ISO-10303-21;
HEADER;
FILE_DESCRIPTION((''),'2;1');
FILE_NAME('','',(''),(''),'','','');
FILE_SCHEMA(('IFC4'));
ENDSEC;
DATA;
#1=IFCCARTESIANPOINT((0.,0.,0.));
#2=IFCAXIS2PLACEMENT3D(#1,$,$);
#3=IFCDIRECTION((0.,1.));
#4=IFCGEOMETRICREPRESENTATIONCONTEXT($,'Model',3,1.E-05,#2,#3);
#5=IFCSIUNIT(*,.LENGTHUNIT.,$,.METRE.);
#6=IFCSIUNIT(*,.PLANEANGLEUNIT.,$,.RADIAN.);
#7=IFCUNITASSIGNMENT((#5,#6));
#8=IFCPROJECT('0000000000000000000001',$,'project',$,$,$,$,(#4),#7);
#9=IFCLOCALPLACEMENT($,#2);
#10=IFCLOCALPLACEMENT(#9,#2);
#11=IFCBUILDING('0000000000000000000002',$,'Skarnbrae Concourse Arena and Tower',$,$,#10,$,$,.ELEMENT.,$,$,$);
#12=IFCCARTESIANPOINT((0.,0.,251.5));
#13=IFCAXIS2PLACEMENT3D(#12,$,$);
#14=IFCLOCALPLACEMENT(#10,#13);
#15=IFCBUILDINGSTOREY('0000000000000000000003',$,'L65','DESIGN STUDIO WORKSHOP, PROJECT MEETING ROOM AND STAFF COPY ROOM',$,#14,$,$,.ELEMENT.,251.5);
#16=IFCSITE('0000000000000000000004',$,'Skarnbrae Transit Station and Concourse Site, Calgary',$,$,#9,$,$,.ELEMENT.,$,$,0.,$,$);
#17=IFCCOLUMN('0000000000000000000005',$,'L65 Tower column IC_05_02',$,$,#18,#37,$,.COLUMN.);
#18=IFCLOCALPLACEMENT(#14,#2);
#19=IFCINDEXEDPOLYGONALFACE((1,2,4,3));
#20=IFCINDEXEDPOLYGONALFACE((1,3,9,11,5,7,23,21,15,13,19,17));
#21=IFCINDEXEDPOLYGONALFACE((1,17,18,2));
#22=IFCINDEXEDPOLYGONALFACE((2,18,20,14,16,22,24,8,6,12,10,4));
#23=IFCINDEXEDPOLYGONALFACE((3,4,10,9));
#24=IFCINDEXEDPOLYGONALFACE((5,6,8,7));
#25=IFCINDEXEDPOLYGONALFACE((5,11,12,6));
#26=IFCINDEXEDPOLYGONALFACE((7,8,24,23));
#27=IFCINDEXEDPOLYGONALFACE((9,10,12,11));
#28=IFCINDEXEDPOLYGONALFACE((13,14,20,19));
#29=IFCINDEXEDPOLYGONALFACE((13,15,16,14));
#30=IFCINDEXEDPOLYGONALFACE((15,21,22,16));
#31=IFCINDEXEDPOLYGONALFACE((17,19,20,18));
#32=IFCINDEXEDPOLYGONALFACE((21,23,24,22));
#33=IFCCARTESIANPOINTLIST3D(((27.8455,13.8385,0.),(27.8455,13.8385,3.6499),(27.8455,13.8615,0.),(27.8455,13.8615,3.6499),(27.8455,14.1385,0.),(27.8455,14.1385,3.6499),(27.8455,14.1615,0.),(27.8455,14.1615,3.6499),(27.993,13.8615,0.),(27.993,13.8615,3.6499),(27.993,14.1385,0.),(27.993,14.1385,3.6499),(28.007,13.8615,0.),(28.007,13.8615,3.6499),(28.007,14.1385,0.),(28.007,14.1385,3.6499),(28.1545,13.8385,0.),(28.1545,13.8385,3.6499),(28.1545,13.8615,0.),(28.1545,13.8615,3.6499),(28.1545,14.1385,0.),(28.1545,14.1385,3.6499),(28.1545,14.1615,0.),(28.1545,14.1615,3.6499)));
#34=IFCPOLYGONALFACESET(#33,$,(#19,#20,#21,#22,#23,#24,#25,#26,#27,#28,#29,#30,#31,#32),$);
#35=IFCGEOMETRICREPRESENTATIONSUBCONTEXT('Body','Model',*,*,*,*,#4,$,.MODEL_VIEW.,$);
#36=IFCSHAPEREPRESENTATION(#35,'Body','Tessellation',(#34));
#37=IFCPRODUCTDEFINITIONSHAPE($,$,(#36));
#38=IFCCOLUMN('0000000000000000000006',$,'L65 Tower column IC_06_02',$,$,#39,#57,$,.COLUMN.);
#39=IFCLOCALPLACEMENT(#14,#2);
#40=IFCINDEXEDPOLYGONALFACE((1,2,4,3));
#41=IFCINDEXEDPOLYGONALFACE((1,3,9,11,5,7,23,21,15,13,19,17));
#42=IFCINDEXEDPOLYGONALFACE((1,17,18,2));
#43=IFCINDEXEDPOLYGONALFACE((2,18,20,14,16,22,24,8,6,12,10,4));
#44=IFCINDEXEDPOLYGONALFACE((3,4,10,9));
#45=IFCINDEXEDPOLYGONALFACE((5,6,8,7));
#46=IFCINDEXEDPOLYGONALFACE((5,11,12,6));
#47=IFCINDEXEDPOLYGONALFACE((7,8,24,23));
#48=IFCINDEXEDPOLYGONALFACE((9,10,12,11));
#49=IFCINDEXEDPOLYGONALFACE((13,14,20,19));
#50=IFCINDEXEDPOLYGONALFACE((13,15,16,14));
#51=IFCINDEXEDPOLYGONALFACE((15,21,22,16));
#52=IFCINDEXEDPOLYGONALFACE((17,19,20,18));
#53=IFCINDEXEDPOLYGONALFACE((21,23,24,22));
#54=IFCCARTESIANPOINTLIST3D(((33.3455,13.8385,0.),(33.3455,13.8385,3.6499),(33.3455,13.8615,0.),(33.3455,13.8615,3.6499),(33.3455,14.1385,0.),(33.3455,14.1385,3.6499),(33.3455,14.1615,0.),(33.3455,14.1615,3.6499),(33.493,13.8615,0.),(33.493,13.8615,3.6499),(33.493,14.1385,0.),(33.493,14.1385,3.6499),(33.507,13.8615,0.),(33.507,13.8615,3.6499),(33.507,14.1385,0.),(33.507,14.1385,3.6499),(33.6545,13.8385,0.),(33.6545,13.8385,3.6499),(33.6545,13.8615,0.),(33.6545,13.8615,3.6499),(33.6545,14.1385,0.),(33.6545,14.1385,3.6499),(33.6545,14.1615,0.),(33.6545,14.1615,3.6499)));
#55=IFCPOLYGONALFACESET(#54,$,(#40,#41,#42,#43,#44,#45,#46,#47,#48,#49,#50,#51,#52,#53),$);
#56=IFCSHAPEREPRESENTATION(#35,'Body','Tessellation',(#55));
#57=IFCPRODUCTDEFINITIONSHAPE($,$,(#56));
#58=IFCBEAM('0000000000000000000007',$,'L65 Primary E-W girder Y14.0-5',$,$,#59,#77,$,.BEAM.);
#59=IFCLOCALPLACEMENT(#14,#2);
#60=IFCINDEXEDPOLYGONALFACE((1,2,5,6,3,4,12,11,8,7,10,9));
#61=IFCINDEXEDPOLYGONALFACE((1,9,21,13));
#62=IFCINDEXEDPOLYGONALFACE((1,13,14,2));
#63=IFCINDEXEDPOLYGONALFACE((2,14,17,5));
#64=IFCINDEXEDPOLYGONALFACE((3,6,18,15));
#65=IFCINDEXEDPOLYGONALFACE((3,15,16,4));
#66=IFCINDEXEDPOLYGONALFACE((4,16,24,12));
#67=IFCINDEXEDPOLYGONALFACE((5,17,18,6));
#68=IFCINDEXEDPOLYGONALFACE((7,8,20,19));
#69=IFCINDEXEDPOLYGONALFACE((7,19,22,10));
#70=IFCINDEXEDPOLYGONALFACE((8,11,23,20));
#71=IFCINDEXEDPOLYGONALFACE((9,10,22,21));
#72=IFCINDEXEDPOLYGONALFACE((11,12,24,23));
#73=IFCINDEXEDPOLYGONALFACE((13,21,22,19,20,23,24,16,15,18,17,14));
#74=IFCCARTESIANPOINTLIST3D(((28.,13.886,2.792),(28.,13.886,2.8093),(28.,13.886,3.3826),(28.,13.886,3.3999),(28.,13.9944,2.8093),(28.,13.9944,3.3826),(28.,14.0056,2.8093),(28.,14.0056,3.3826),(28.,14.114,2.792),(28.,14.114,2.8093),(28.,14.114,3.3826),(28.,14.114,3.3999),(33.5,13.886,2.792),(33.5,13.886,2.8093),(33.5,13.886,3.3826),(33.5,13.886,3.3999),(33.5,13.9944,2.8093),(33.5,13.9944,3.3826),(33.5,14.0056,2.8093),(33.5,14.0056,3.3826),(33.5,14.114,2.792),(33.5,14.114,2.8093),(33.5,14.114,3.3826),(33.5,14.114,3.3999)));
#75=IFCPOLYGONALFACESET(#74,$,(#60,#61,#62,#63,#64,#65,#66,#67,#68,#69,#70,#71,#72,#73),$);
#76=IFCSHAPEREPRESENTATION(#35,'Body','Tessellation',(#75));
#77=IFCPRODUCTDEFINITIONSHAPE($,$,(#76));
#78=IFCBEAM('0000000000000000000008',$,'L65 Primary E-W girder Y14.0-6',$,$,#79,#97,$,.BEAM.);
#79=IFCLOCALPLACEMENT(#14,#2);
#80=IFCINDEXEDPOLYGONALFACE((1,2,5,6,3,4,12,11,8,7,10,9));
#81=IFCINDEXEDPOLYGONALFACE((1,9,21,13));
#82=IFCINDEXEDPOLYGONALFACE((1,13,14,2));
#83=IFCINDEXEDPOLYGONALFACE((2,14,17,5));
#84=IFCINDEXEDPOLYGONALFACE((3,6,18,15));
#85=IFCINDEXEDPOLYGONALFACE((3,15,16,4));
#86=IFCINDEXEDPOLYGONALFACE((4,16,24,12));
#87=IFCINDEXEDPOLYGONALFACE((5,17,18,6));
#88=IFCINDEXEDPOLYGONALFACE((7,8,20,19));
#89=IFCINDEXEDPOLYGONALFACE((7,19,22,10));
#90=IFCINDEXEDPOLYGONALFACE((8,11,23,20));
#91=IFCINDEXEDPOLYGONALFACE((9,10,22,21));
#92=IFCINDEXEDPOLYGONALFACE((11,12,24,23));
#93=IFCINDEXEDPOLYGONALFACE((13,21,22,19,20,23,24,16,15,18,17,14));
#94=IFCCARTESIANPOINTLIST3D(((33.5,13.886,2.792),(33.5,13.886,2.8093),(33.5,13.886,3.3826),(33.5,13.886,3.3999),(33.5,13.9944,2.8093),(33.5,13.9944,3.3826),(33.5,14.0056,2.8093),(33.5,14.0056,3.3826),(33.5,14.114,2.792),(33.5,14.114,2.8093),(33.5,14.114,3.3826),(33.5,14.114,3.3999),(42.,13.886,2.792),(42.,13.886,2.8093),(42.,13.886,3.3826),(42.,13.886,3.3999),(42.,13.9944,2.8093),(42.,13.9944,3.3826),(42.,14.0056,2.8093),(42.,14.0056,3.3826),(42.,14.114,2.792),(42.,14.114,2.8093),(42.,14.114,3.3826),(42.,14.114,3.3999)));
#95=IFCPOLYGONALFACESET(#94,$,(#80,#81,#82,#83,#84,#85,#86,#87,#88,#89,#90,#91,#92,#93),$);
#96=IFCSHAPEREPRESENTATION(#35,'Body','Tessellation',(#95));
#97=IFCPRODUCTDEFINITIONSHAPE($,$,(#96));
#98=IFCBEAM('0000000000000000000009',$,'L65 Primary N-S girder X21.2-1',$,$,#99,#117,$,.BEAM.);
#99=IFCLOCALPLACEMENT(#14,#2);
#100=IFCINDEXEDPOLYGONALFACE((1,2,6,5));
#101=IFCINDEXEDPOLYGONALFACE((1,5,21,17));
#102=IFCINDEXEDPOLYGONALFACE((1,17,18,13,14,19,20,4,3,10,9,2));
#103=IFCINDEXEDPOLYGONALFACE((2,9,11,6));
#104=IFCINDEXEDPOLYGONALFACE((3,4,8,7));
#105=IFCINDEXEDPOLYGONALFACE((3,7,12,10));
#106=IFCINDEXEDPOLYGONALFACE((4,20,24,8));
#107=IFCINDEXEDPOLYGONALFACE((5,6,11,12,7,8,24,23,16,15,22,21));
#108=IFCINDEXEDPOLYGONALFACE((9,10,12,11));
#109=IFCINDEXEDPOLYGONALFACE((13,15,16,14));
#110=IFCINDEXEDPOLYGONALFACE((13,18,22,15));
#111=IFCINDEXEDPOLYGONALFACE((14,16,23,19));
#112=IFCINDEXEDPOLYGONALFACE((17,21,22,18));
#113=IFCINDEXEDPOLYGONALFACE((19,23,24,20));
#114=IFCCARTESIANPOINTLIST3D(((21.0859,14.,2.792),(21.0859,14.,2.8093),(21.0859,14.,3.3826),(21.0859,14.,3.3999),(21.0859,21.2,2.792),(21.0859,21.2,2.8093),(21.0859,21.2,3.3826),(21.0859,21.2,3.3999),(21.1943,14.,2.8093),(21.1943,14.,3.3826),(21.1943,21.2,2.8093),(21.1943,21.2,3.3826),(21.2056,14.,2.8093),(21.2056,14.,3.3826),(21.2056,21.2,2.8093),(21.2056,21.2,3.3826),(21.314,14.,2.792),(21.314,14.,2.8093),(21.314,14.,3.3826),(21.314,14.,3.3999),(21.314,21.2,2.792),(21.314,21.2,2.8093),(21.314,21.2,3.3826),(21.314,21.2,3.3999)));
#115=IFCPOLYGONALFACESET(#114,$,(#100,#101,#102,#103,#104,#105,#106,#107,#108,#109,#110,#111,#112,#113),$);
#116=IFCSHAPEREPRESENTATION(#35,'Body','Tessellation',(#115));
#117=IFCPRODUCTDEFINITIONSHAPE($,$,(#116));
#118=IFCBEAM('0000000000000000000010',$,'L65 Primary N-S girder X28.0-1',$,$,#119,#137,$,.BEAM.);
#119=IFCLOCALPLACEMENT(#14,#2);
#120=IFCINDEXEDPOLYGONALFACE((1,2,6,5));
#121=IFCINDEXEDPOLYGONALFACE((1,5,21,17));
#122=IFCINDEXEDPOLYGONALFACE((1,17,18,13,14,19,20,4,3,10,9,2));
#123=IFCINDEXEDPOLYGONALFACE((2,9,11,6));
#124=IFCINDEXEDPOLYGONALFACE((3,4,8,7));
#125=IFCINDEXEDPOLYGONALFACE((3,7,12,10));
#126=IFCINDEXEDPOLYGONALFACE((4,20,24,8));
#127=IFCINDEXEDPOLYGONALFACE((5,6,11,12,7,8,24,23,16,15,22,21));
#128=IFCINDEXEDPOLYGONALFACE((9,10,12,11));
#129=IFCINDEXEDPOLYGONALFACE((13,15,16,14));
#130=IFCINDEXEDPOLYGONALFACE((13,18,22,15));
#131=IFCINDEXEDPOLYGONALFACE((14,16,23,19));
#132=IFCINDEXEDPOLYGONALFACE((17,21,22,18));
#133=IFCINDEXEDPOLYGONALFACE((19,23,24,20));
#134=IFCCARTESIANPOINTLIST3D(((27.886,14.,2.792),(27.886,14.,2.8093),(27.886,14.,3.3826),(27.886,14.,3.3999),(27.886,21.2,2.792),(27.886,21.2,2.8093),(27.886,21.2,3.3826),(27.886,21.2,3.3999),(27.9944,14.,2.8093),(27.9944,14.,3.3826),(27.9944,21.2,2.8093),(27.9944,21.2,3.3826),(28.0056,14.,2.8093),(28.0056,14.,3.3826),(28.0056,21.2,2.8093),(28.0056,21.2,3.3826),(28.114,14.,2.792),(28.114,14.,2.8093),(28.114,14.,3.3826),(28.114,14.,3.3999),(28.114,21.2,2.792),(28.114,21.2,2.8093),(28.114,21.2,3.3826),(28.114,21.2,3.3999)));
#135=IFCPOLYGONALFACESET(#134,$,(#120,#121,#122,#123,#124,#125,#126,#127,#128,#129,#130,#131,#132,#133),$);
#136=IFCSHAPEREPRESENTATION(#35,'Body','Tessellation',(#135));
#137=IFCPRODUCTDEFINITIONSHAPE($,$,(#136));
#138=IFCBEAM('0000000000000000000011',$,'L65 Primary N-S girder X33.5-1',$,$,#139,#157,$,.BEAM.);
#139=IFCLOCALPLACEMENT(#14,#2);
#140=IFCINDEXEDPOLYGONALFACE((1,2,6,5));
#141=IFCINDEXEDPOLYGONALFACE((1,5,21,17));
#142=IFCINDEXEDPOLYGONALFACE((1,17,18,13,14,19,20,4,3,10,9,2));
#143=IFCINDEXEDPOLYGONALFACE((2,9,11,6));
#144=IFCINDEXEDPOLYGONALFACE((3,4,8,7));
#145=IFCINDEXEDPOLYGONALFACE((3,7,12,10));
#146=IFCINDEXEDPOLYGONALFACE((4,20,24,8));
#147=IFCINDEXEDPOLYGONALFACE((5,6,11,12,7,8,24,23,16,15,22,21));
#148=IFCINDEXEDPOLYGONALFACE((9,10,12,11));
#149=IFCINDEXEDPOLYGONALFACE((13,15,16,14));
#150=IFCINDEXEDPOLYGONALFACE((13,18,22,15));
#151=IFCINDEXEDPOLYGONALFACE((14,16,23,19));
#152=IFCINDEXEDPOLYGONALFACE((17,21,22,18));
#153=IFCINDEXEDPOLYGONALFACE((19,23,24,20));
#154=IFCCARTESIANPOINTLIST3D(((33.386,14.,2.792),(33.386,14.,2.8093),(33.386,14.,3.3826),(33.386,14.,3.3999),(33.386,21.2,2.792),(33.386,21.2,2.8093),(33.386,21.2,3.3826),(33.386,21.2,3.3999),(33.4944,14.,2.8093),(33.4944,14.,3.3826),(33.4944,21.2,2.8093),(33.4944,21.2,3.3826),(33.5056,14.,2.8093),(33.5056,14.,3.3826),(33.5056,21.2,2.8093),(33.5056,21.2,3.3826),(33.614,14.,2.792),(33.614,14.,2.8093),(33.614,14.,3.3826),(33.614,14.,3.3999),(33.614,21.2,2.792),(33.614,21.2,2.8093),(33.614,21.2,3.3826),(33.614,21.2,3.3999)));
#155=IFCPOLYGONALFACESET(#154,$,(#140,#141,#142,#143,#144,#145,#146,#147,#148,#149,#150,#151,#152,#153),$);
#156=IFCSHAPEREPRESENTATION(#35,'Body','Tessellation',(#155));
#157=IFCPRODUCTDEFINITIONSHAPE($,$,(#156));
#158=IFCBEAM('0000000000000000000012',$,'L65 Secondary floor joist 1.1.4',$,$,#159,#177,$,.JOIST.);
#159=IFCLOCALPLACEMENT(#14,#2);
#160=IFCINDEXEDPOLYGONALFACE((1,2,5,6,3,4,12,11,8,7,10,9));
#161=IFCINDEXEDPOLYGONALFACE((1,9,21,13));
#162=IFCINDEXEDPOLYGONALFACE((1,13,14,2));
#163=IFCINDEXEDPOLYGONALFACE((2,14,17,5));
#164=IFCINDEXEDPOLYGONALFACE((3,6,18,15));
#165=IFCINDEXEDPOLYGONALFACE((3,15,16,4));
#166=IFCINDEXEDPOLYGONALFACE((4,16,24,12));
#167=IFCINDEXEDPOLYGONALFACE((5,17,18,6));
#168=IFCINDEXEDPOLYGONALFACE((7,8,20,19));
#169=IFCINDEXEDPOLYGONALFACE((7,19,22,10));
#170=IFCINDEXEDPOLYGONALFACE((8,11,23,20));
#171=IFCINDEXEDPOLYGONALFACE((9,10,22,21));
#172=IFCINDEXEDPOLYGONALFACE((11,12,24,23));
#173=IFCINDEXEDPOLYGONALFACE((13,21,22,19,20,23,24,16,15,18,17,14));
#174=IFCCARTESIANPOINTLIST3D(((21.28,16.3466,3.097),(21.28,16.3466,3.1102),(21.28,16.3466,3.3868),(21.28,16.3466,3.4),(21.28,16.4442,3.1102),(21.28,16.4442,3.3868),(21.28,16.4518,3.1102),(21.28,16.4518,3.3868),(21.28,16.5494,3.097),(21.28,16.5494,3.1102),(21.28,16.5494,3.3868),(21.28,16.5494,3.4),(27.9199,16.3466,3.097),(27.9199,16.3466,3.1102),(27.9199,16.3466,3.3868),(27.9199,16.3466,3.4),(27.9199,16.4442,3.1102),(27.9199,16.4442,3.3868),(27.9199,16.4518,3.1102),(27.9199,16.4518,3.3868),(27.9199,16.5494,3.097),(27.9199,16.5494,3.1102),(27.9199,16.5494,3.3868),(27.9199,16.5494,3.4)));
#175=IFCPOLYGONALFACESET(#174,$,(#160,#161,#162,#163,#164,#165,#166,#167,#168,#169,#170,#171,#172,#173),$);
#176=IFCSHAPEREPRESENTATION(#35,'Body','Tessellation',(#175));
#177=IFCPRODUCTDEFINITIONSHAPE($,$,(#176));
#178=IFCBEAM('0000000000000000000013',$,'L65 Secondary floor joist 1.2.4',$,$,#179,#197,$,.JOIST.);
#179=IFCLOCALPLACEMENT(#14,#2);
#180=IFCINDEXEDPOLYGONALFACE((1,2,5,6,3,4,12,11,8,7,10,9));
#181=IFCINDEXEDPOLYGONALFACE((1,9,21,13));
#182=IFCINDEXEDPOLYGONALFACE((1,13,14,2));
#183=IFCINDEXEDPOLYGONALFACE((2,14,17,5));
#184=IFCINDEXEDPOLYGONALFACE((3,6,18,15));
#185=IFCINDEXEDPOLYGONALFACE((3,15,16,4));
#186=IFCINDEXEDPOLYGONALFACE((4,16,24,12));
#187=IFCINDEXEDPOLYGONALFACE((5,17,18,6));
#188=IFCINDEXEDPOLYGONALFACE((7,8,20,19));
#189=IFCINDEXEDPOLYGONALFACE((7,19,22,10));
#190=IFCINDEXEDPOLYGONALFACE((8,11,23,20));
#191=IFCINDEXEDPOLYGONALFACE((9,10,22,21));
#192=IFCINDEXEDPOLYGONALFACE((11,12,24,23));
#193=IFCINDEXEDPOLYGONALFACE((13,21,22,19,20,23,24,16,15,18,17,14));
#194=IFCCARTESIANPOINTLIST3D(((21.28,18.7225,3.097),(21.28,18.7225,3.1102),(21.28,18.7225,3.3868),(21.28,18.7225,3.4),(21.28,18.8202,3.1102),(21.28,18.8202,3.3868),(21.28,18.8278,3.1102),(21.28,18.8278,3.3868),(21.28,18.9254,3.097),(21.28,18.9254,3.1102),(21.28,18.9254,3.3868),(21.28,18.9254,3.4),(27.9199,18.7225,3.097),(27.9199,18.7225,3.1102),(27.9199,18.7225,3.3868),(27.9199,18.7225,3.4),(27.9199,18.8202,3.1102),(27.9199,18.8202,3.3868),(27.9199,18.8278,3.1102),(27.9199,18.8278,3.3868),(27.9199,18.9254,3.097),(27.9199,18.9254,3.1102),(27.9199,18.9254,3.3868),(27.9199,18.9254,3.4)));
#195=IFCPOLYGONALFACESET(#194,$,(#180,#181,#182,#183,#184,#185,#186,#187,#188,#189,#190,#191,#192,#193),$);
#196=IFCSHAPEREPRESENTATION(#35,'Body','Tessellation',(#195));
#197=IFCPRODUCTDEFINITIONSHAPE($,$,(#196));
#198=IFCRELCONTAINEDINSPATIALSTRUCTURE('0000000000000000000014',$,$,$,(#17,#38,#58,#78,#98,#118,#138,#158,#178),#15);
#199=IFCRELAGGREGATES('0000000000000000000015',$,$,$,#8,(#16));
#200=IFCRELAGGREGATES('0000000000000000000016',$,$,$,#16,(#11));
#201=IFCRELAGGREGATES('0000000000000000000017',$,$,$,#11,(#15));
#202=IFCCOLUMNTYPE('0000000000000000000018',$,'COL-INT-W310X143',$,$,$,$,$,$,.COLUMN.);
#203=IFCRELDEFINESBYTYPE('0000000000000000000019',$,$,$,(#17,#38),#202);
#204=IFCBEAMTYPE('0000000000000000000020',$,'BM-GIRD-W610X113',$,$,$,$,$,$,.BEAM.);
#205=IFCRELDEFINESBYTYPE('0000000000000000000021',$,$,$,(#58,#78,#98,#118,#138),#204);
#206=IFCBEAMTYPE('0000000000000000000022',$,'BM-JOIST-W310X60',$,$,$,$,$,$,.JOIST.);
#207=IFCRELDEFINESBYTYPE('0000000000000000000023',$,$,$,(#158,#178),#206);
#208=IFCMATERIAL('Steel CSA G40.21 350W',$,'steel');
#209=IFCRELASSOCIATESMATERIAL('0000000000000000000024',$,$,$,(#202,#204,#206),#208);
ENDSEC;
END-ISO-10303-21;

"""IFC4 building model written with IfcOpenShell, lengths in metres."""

from ifc_helpers import new_model, si_unit, direction, frame, origin, origin_2d, place, context, subcontext, project, spatial, i_section, extrude, source, transform, mapped, material, material_profile, profile_set, type_object, element, save


model = new_model("IFC4")

# Units and contexts
model_context = context("Model", 3, precision=1e-05, world=origin(), true_north=direction((0.0, 1.0)))
body_context = subcontext(model_context, "Body", "Model", "MODEL_VIEW")
ifc_project = project(units=[si_unit("LENGTHUNIT", "METRE"), si_unit("PLANEANGLEUNIT", "RADIAN")], contexts=[model_context])

# Site, building, storey
site_placement = place(None, origin())
site = spatial("IfcSite", under=ifc_project, at=site_placement, Name="Skarnbrae Transit Station and Concourse Site, Calgary", CompositionType="ELEMENT", RefElevation=0.0)
building_placement = place(site_placement, origin())
building = spatial("IfcBuilding", under=site, at=building_placement, Name="Skarnbrae Concourse Arena and Tower", CompositionType="ELEMENT")
storey_placement = place(building_placement, frame((0.0, 0.0, 251.5)))
storey = spatial("IfcBuildingStorey", under=building, at=storey_placement, Name="L65", Description="DESIGN STUDIO WORKSHOP, PROJECT MEETING ROOM AND STAFF COPY ROOM", CompositionType="ELEMENT", Elevation=251.5)

# Columns
ifc_material_1 = material(Name="Steel CSA G40.21 350W", Category="steel")
ifc_material_profile_1 = material_profile(ifc_material_1, i_section(OverallWidth=0.3091, OverallDepth=0.323, WebThickness=0.0139, FlangeThickness=0.0229, at=origin_2d()), Name="W310X143")
ifc_profile_set_1 = profile_set([ifc_material_profile_1], Name="Steel CSA G40.21 350W")
column_type = type_object("IfcColumnType", Name="COL-INT-W310X143", PredefinedType="COLUMN", material=ifc_profile_set_1)
shared_shape_1 = source(origin(), body_context, "Body", "SweptSolid", [
    extrude(i_section(OverallWidth=0.3091, OverallDepth=0.323, WebThickness=0.0139, FlangeThickness=0.0229, at=origin_2d()), origin(), (0.0, 0.0, 1.0), 3.6499),
])
for number, where, z_axis, x_axis, name in (
    (1, (28.0, 14.0, 0.0), (0.0, 0.0, 1.0), (1.0, 0.0, 0.0), "L65 Tower column IC_05_02"),
    (2, (33.5, 14.0, 0.0), (0.0, 0.0, 1.0), (1.0, 0.0, 0.0), "L65 Tower column IC_06_02"),
):
    element("IfcColumn", number, at=place(storey_placement, frame(where, z_axis=z_axis, x_axis=x_axis)), inside=storey, type_object=column_type, Name=name, PredefinedType="COLUMN", context=body_context, shape_type="MappedRepresentation", body=[
        mapped(shared_shape_1, transform((0.0, 0.0, 0.0))),
    ])

# Beams
ifc_material_profile_2 = material_profile(ifc_material_1, i_section(OverallWidth=0.228, OverallDepth=0.6079, WebThickness=0.0112, FlangeThickness=0.0173, at=origin_2d()), Name="W610X113")
ifc_profile_set_2 = profile_set([ifc_material_profile_2], Name="Steel CSA G40.21 350W")
beam_type_1 = type_object("IfcBeamType", Name="BM-GIRD-W610X113", PredefinedType="BEAM", material=ifc_profile_set_2)
shared_shape_2 = source(origin(), body_context, "Body", "SweptSolid", [
    extrude(i_section(OverallWidth=0.228, OverallDepth=0.6079, WebThickness=0.0112, FlangeThickness=0.0173, at=origin_2d()), origin(), (0.0, 0.0, 1.0), 5.5),
])
beam_1_placement = place(storey_placement, frame((28.0, 14.0, 3.0959), z_axis=(1.0, 0.0, 0.0), x_axis=(0.0, 1.0, 0.0)))
element("IfcBeam", 3, at=beam_1_placement, inside=storey, type_object=beam_type_1, Name="L65 Primary E-W girder Y14.0-5", PredefinedType="BEAM", context=body_context, shape_type="MappedRepresentation", body=[
    mapped(shared_shape_2, transform((0.0, 0.0, 0.0))),
])
shared_shape_3 = source(origin(), body_context, "Body", "SweptSolid", [
    extrude(i_section(OverallWidth=0.228, OverallDepth=0.6079, WebThickness=0.0112, FlangeThickness=0.0173, at=origin_2d()), origin(), (0.0, 0.0, 1.0), 8.5),
])
beam_2_placement = place(storey_placement, frame((33.5, 14.0, 3.0959), z_axis=(1.0, 0.0, 0.0), x_axis=(0.0, 1.0, 0.0)))
element("IfcBeam", 4, at=beam_2_placement, inside=storey, type_object=beam_type_1, Name="L65 Primary E-W girder Y14.0-6", PredefinedType="BEAM", context=body_context, shape_type="MappedRepresentation", body=[
    mapped(shared_shape_3, transform((0.0, 0.0, 0.0))),
])
shared_shape_4 = source(origin(), body_context, "Body", "SweptSolid", [
    extrude(i_section(OverallWidth=0.228, OverallDepth=0.6079, WebThickness=0.0112, FlangeThickness=0.0173, at=origin_2d()), origin(), (0.0, 0.0, 1.0), 7.2),
])
for number, where, z_axis, x_axis, name in (
    (5, (21.2, 14.0, 3.0959), (0.0, 1.0, 0.0), (-1.0, 0.0, 0.0), "L65 Primary N-S girder X21.2-1"),
    (6, (28.0, 14.0, 3.0959), (0.0, 1.0, 0.0), (-1.0, 0.0, 0.0), "L65 Primary N-S girder X28.0-1"),
    (7, (33.5, 14.0, 3.0959), (0.0, 1.0, 0.0), (-1.0, 0.0, 0.0), "L65 Primary N-S girder X33.5-1"),
):
    element("IfcBeam", number, at=place(storey_placement, frame(where, z_axis=z_axis, x_axis=x_axis)), inside=storey, type_object=beam_type_1, Name=name, PredefinedType="BEAM", context=body_context, shape_type="MappedRepresentation", body=[
        mapped(shared_shape_4, transform((0.0, 0.0, 0.0))),
    ])
ifc_material_profile_3 = material_profile(ifc_material_1, i_section(OverallWidth=0.2029, OverallDepth=0.303, WebThickness=0.0076, FlangeThickness=0.0132, at=origin_2d()), Name="W310X60")
ifc_profile_set_3 = profile_set([ifc_material_profile_3], Name="Steel CSA G40.21 350W")
beam_type_2 = type_object("IfcBeamType", Name="BM-JOIST-W310X60", PredefinedType="JOIST", material=ifc_profile_set_3)
shared_shape_5 = source(origin(), body_context, "Body", "SweptSolid", [
    extrude(i_section(OverallWidth=0.2029, OverallDepth=0.303, WebThickness=0.0076, FlangeThickness=0.0132, at=origin_2d()), origin(), (0.0, 0.0, 1.0), 6.6399),
])
for number, where, z_axis, x_axis, name in (
    (8, (21.28, 16.448, 3.2485), (1.0, 0.0, 0.0), (0.0, 1.0, 0.0), "L65 Secondary floor joist 1.1.4"),
    (9, (21.28, 18.824, 3.2485), (1.0, 0.0, 0.0), (0.0, 1.0, 0.0), "L65 Secondary floor joist 1.2.4"),
):
    element("IfcBeam", number, at=place(storey_placement, frame(where, z_axis=z_axis, x_axis=x_axis)), inside=storey, type_object=beam_type_2, Name=name, PredefinedType="JOIST", context=body_context, shape_type="MappedRepresentation", body=[
        mapped(shared_shape_5, transform((0.0, 0.0, 0.0))),
    ])

save(model, "model.ifc")
